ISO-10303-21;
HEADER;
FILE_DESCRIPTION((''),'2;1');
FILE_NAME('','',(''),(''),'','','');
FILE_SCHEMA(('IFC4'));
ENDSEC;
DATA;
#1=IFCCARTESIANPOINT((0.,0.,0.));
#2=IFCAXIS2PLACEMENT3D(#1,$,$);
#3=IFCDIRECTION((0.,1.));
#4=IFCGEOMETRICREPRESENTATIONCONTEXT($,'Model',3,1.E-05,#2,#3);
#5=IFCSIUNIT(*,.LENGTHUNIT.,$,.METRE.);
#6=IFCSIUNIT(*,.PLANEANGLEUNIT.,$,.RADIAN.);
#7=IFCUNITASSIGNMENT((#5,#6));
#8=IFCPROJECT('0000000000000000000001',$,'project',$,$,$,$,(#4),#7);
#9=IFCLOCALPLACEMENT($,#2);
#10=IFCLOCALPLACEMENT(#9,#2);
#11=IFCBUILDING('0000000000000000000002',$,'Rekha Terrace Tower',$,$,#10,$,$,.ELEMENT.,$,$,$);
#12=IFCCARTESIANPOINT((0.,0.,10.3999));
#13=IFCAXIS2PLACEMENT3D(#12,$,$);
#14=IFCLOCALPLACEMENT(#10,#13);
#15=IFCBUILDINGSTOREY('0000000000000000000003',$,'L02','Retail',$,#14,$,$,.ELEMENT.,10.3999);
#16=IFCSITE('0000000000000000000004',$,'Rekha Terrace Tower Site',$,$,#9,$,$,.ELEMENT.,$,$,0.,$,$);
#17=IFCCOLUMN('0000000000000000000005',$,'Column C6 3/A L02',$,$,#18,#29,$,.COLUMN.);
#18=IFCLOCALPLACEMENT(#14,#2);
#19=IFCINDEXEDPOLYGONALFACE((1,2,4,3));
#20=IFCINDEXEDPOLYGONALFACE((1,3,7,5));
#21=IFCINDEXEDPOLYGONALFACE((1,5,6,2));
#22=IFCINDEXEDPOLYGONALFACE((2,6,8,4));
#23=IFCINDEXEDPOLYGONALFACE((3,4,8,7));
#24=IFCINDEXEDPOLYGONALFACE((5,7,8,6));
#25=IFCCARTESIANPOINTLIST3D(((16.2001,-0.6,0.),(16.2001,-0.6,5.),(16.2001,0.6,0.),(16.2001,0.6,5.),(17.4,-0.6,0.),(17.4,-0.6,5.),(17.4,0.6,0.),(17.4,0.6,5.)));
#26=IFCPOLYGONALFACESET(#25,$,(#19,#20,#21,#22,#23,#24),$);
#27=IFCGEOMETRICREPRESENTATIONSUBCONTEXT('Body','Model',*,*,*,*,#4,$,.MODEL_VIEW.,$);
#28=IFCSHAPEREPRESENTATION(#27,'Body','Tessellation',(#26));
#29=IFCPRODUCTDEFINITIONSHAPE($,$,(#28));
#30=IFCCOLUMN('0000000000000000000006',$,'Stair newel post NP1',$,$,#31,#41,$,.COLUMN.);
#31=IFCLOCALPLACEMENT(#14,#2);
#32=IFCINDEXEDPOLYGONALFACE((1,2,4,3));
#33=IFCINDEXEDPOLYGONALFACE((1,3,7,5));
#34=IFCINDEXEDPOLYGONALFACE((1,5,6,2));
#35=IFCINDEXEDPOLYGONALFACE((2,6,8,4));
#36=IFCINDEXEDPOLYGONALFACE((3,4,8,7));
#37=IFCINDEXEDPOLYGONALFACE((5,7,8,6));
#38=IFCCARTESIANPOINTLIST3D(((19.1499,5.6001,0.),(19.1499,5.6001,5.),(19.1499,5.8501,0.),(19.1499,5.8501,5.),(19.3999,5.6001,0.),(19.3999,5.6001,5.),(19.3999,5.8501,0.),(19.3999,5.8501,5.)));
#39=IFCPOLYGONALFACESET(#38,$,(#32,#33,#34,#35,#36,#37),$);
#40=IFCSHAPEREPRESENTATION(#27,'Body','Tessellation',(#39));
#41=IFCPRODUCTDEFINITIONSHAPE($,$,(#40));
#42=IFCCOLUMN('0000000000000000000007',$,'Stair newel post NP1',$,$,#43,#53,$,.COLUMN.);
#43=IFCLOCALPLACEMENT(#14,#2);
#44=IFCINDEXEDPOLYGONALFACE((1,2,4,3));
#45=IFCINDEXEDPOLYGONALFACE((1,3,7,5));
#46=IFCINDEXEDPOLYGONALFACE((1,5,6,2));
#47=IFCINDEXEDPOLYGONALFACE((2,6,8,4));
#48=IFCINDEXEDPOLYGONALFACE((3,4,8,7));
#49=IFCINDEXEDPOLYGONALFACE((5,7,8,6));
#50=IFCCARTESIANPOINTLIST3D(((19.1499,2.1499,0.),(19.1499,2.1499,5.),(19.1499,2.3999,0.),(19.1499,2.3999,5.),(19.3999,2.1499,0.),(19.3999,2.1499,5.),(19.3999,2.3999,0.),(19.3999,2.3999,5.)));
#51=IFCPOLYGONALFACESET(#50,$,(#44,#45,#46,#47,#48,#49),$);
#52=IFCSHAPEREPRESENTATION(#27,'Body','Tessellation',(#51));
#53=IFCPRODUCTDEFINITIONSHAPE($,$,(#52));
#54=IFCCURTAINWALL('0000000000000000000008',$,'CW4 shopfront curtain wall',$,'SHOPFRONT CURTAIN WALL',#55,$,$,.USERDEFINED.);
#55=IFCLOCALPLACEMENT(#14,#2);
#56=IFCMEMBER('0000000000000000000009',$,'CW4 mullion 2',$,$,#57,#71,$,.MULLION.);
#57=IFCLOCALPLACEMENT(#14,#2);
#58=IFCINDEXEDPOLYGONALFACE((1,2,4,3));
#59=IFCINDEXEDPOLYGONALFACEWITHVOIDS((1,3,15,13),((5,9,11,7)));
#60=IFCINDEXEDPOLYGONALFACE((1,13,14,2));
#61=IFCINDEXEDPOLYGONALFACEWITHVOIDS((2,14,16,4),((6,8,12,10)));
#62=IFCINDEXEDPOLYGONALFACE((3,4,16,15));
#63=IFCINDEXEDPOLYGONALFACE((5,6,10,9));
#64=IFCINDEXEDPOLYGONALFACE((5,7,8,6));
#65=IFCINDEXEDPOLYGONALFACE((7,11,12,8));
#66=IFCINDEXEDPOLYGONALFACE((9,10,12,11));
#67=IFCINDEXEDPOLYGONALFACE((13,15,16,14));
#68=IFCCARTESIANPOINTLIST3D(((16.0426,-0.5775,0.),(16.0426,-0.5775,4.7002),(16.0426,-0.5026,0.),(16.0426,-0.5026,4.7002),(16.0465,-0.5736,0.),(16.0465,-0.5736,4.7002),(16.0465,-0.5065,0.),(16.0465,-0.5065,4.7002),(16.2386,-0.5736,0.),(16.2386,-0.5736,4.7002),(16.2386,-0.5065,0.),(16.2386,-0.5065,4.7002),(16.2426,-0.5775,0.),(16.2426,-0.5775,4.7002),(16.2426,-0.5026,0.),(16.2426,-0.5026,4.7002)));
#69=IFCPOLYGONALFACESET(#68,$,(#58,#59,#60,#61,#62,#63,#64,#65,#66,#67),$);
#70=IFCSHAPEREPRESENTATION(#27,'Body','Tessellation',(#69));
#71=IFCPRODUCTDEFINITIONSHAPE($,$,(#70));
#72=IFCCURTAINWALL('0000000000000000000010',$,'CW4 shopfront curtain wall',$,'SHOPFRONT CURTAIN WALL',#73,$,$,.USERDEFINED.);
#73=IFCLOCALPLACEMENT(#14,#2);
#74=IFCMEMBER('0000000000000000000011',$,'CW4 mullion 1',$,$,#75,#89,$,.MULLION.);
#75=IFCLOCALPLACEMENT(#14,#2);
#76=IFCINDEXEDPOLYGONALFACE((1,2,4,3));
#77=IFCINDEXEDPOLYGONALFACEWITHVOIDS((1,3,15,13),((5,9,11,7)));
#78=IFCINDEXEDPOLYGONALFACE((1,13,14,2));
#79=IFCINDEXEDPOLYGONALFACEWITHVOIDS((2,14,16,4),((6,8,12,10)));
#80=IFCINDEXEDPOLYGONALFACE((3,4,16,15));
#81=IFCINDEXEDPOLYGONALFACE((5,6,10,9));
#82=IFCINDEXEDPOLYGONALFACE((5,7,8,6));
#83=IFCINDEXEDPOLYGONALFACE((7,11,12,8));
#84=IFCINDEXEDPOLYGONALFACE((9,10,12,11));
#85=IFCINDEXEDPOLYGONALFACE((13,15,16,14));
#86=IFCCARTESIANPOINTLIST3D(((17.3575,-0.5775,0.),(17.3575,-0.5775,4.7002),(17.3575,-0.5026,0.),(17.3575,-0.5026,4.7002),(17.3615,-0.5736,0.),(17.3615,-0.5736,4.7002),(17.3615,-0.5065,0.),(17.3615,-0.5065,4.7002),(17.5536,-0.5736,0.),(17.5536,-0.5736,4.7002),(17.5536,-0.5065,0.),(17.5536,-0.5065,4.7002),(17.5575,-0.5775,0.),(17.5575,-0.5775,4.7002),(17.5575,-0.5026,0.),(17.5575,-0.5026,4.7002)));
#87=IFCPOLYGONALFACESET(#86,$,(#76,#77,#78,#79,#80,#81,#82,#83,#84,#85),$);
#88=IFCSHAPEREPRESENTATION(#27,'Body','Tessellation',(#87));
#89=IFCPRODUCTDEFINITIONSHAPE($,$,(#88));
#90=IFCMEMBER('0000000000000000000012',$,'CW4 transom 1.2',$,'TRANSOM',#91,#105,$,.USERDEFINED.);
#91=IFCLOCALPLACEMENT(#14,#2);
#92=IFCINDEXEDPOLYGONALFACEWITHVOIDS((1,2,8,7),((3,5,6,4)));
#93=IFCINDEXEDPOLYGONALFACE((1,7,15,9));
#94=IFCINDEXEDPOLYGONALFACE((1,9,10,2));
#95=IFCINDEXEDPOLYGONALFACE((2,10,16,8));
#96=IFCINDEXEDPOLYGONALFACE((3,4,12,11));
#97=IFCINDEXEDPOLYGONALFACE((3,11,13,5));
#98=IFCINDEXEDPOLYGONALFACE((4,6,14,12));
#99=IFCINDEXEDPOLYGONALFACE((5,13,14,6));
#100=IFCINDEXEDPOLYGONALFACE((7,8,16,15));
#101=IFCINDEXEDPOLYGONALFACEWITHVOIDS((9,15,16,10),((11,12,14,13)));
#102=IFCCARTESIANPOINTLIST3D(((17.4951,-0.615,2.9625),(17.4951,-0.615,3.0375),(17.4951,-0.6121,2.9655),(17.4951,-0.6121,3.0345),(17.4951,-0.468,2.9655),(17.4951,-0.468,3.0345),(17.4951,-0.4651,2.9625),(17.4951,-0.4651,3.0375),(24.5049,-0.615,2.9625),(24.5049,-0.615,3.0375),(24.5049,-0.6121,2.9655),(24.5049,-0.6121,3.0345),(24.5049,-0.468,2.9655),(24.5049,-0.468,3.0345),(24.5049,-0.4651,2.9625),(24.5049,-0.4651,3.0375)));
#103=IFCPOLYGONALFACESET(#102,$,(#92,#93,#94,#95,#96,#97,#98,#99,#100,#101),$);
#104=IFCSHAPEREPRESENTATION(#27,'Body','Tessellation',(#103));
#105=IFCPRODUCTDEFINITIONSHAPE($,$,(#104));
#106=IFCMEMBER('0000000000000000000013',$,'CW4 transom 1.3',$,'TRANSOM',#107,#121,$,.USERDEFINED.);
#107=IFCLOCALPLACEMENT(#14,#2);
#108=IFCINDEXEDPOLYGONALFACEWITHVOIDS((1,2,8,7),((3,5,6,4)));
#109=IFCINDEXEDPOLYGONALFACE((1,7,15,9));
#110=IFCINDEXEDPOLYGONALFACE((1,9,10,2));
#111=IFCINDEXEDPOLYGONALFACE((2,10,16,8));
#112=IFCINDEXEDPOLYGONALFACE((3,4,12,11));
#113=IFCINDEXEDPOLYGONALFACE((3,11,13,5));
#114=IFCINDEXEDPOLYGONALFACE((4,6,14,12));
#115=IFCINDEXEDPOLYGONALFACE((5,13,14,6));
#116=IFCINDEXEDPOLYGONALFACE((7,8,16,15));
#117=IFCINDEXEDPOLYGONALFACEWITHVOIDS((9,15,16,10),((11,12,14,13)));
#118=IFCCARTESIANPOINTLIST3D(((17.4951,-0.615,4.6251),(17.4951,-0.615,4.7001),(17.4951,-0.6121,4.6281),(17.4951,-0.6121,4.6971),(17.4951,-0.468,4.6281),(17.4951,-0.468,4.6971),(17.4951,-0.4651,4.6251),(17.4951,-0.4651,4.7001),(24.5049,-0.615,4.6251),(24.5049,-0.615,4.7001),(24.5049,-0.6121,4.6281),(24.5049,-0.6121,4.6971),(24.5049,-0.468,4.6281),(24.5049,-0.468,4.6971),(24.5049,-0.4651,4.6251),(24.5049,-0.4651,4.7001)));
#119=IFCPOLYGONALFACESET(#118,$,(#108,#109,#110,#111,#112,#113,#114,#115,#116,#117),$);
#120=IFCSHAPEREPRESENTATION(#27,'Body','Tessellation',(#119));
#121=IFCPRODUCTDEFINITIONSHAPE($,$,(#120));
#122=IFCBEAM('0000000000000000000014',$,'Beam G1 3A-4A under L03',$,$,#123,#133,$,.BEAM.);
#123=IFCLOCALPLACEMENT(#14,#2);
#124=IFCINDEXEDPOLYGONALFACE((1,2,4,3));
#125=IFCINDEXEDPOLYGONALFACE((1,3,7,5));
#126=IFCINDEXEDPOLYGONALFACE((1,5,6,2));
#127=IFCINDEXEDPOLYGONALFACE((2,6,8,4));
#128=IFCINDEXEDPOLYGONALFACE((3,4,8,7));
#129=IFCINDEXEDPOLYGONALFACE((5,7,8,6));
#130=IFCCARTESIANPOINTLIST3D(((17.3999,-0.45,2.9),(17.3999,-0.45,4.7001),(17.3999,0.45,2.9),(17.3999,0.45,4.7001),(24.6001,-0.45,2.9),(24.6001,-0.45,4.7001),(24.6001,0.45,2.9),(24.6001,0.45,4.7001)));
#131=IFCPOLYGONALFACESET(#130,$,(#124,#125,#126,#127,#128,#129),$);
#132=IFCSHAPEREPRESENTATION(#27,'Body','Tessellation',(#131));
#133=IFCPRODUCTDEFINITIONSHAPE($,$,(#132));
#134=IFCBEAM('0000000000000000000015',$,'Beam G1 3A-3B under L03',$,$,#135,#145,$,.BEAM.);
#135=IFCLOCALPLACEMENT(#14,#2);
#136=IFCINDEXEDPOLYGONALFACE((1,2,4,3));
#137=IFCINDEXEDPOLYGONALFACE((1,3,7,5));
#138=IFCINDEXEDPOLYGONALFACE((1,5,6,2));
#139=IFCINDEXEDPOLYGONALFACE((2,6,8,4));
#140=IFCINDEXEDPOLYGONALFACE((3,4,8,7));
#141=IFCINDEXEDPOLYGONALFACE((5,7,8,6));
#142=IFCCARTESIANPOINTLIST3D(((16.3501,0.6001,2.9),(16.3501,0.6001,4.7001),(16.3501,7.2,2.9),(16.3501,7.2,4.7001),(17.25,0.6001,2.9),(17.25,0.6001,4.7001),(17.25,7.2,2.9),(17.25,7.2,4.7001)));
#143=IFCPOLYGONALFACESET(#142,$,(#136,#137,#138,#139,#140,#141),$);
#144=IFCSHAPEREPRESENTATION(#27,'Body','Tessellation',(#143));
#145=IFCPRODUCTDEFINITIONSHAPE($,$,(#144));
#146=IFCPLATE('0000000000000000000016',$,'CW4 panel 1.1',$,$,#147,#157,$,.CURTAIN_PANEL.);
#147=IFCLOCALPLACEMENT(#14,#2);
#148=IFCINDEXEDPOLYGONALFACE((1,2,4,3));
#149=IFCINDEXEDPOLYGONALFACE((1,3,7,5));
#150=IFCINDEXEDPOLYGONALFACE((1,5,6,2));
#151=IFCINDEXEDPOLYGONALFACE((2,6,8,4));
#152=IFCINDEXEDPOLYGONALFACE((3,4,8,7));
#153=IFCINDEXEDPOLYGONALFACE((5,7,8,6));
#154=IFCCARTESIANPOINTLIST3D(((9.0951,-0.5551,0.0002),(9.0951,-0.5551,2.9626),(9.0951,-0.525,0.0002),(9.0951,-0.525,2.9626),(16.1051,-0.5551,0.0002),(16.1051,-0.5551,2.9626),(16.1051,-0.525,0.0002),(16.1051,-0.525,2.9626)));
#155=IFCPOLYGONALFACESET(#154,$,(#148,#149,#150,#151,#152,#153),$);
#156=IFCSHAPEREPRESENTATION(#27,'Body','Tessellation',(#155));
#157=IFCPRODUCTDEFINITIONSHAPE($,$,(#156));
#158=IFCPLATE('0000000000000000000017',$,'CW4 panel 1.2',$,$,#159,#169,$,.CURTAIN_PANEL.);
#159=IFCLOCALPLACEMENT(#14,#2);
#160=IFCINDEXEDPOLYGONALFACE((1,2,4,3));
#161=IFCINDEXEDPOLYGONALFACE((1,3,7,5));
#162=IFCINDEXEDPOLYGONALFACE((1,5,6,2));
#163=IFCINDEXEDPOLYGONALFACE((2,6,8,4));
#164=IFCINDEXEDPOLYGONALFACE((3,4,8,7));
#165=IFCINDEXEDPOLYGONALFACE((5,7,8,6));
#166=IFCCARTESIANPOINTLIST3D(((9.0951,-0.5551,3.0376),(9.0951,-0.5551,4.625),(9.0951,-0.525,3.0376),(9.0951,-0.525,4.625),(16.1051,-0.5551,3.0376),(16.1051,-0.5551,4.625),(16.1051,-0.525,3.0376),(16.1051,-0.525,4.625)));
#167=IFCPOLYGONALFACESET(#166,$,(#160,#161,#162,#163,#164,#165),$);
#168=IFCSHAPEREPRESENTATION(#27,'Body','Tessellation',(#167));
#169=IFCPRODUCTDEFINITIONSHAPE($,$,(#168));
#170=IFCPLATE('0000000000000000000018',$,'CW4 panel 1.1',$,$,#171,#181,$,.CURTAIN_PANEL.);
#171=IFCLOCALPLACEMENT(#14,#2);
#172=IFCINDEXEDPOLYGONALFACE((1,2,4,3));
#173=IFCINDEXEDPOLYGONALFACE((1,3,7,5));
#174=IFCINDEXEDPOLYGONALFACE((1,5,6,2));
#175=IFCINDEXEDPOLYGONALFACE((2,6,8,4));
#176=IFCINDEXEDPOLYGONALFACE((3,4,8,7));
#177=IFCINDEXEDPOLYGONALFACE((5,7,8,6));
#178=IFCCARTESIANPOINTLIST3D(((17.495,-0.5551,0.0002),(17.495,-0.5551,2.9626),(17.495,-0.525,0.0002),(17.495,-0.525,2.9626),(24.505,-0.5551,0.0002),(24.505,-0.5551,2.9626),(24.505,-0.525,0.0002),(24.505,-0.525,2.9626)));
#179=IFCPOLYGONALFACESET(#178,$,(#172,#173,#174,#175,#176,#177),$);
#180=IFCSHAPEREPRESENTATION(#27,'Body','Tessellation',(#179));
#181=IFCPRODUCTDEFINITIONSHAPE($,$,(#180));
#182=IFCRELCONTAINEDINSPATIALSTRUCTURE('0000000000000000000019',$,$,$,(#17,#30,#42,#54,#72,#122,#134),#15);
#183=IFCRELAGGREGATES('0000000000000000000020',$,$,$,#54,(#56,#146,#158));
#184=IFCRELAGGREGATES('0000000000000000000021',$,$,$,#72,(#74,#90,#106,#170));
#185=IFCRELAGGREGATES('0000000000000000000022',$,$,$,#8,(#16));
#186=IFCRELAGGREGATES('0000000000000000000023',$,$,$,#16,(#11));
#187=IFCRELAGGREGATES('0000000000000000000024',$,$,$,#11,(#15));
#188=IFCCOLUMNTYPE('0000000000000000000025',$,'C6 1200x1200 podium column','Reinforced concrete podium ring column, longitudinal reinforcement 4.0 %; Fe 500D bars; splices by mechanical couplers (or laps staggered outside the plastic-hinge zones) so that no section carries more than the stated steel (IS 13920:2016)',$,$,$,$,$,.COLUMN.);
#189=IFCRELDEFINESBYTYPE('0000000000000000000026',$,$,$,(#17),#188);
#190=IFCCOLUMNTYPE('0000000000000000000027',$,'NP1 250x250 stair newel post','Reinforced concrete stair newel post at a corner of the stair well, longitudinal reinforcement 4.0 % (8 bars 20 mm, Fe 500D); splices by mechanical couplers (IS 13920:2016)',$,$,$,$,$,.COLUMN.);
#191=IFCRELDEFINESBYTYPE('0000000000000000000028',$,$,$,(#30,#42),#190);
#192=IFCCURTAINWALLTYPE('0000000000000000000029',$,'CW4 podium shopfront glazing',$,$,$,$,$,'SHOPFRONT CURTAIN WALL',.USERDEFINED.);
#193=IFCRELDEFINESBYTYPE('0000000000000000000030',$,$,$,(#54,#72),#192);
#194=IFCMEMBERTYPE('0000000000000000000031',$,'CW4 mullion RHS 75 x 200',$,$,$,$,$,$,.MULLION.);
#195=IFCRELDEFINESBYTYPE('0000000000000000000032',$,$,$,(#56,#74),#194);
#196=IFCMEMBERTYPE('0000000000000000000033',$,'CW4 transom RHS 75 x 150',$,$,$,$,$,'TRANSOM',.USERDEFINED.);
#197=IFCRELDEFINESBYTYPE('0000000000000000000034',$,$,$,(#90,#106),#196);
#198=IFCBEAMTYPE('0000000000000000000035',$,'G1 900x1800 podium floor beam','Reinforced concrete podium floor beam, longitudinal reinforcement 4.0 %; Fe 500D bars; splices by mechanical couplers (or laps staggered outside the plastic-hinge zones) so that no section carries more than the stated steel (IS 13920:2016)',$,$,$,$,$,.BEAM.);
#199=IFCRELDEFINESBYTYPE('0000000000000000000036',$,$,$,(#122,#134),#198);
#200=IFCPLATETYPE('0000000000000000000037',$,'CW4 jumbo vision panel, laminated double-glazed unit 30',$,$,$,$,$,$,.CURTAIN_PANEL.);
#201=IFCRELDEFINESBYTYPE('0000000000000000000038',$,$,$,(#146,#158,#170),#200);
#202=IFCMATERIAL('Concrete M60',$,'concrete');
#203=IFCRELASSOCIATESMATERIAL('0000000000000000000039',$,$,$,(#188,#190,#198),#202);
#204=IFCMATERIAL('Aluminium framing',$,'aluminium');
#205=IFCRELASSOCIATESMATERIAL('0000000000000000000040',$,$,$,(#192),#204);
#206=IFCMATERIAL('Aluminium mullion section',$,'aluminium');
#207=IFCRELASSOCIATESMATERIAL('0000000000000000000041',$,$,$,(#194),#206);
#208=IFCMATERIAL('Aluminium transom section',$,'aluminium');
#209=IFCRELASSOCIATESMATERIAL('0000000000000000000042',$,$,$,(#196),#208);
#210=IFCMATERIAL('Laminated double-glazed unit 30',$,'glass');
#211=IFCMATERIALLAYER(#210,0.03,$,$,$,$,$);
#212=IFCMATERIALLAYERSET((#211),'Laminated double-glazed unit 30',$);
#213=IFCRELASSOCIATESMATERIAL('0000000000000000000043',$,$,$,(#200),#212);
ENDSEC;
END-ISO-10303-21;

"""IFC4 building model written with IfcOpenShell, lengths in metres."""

from ifc_helpers import new_model, si_unit, direction, frame, origin, origin_2d, place, context, subcontext, project, spatial, rectangle, hollow_rectangle, extrude, material, layer, layer_set, material_profile, profile_set, type_object, element, aggregate, save


model = new_model("IFC4")

# Units and contexts
model_context = context("Model", 3, precision=1e-05, world=origin(), true_north=direction((0.0, 1.0)))
body_context = subcontext(model_context, "Body", "Model", "MODEL_VIEW")
ifc_project = project(units=[si_unit("LENGTHUNIT", "METRE"), si_unit("PLANEANGLEUNIT", "RADIAN")], contexts=[model_context])

# Site, building, storey
site_placement = place(None, origin())
site = spatial("IfcSite", under=ifc_project, at=site_placement, Name="Rekha Terrace Tower Site", CompositionType="ELEMENT", RefElevation=0.0)
building_placement = place(site_placement, origin())
building = spatial("IfcBuilding", under=site, at=building_placement, Name="Rekha Terrace Tower", CompositionType="ELEMENT")
storey_placement = place(building_placement, frame((0.0, 0.0, 10.3999)))
storey = spatial("IfcBuildingStorey", under=building, at=storey_placement, Name="L02", Description="Retail", CompositionType="ELEMENT", Elevation=10.3999)

# Columns
ifc_material_1 = material(Name="Concrete M60", Category="concrete")
ifc_material_profile_1 = material_profile(ifc_material_1, rectangle(XDim=1.2, YDim=1.2, at=origin_2d()), Name="RC 1200x1200")
ifc_profile_set_1 = profile_set([ifc_material_profile_1], Name="Concrete M60")
column_type_1 = type_object("IfcColumnType", Name="C6 1200x1200 podium column", Description="Reinforced concrete podium ring column, longitudinal reinforcement 4.0 %; Fe 500D bars; splices by mechanical couplers (or laps staggered outside the plastic-hinge zones) so that no section carries more than the stated steel (IS 13920:2016)", PredefinedType="COLUMN", material=ifc_profile_set_1)
column_placement = place(storey_placement, frame((16.8, 0.0, 0.0), z_axis=(0.0, 0.0, 1.0), x_axis=(1.0, 0.0, 0.0)))
element("IfcColumn", 1, at=column_placement, inside=storey, type_object=column_type_1, Name="Column C6 3/A L02", PredefinedType="COLUMN", context=body_context, shape_type="SweptSolid", body=[
    extrude(rectangle(XDim=1.2, YDim=1.2, at=origin_2d()), origin(), (0.0, 0.0, 1.0), 5.0),
])
ifc_material_profile_2 = material_profile(ifc_material_1, rectangle(XDim=0.25, YDim=0.25, at=origin_2d()), Name="RC 250x250")
ifc_profile_set_2 = profile_set([ifc_material_profile_2], Name="Concrete M60")
column_type_2 = type_object("IfcColumnType", Name="NP1 250x250 stair newel post", Description="Reinforced concrete stair newel post at a corner of the stair well, longitudinal reinforcement 4.0 % (8 bars 20 mm, Fe 500D); splices by mechanical couplers (IS 13920:2016)", PredefinedType="COLUMN", material=ifc_profile_set_2)
for number, where, z_axis, x_axis, name in (
    (2, (19.2749, 5.7251, 0.0), (0.0, 0.0, 1.0), (1.0, 0.0, 0.0), "Stair newel post NP1"),
    (3, (19.2749, 2.2749, 0.0), (0.0, 0.0, 1.0), (1.0, 0.0, 0.0), "Stair newel post NP1"),
):
    element("IfcColumn", number, at=place(storey_placement, frame(where, z_axis=z_axis, x_axis=x_axis)), inside=storey, type_object=column_type_2, Name=name, PredefinedType="COLUMN", context=body_context, shape_type="SweptSolid", body=[
        extrude(rectangle(XDim=0.25, YDim=0.25, at=origin_2d()), origin(), (0.0, 0.0, 1.0), 5.0),
    ])

# Curtain wall, member
ifc_material_2 = material(Name="Aluminium framing", Category="aluminium")
curtain_wall_type = type_object("IfcCurtainWallType", Name="CW4 podium shopfront glazing", ElementType="SHOPFRONT CURTAIN WALL", PredefinedType="USERDEFINED", material=ifc_material_2)
curtain_wall_1_placement = place(storey_placement, origin())
curtain_wall_1 = element("IfcCurtainWall", 4, at=curtain_wall_1_placement, inside=storey, type_object=curtain_wall_type, Name="CW4 shopfront curtain wall", ObjectType="SHOPFRONT CURTAIN WALL", PredefinedType="USERDEFINED")
ifc_material_3 = material(Name="Aluminium mullion section", Category="aluminium")
ifc_material_profile_3 = material_profile(ifc_material_3, hollow_rectangle(XDim=0.075, YDim=0.2, WallThickness=0.0039, at=origin_2d()), Name="AL RHS 75x200")
ifc_profile_set_3 = profile_set([ifc_material_profile_3], Name="Aluminium mullion section")
member_type_1 = type_object("IfcMemberType", Name="CW4 mullion RHS 75 x 200", PredefinedType="MULLION", material=ifc_profile_set_3)
member_1_placement = place(storey_placement, frame((16.1426, -0.54, 0.0), z_axis=(0.0, 0.0, 1.0), x_axis=(0.0, 1.0, 0.0)))
member_1 = element("IfcMember", 5, at=member_1_placement, type_object=member_type_1, Name="CW4 mullion 2", PredefinedType="MULLION", context=body_context, shape_type="SweptSolid", body=[
    extrude(hollow_rectangle(XDim=0.075, YDim=0.2, WallThickness=0.0039, at=origin_2d()), origin(), (0.0, 0.0, 1.0), 4.7002),
])

# Curtain wall, members
curtain_wall_2_placement = place(storey_placement, origin())
curtain_wall_2 = element("IfcCurtainWall", 6, at=curtain_wall_2_placement, inside=storey, type_object=curtain_wall_type, Name="CW4 shopfront curtain wall", ObjectType="SHOPFRONT CURTAIN WALL", PredefinedType="USERDEFINED")
member_2_placement = place(storey_placement, frame((17.4575, -0.54, 0.0), z_axis=(0.0, 0.0, 1.0), x_axis=(0.0, 1.0, 0.0)))
member_2 = element("IfcMember", 7, at=member_2_placement, type_object=member_type_1, Name="CW4 mullion 1", PredefinedType="MULLION", context=body_context, shape_type="SweptSolid", body=[
    extrude(hollow_rectangle(XDim=0.075, YDim=0.2, WallThickness=0.0039, at=origin_2d()), origin(), (0.0, 0.0, 1.0), 4.7002),
])
ifc_material_4 = material(Name="Aluminium transom section", Category="aluminium")
ifc_material_profile_4 = material_profile(ifc_material_4, hollow_rectangle(XDim=0.1499, YDim=0.075, WallThickness=0.0029, at=origin_2d()), Name="AL RHS 150x75")
ifc_profile_set_4 = profile_set([ifc_material_profile_4], Name="Aluminium transom section")
member_type_2 = type_object("IfcMemberType", Name="CW4 transom RHS 75 x 150", ElementType="TRANSOM", PredefinedType="USERDEFINED", material=ifc_profile_set_4)
member_3_placement = place(storey_placement, frame((17.4951, -0.54, 3.0), z_axis=(1.0, 0.0, 0.0), x_axis=(0.0, 1.0, 0.0)))
member_3 = element("IfcMember", 8, at=member_3_placement, type_object=member_type_2, Name="CW4 transom 1.2", ObjectType="TRANSOM", PredefinedType="USERDEFINED", context=body_context, shape_type="SweptSolid", body=[
    extrude(hollow_rectangle(XDim=0.1499, YDim=0.075, WallThickness=0.0029, at=origin_2d()), origin(), (0.0, 0.0, 1.0), 7.0098),
])
member_4_placement = place(storey_placement, frame((17.4951, -0.54, 4.6626), z_axis=(1.0, 0.0, 0.0), x_axis=(0.0, 1.0, 0.0)))
member_4 = element("IfcMember", 9, at=member_4_placement, type_object=member_type_2, Name="CW4 transom 1.3", ObjectType="TRANSOM", PredefinedType="USERDEFINED", context=body_context, shape_type="SweptSolid", body=[
    extrude(hollow_rectangle(XDim=0.1499, YDim=0.075, WallThickness=0.0029, at=origin_2d()), origin(), (0.0, 0.0, 1.0), 7.0098),
])

# Beams
ifc_material_profile_5 = material_profile(ifc_material_1, rectangle(XDim=0.8999, YDim=1.8, at=origin_2d()), Name="RC 900x1800")
ifc_profile_set_5 = profile_set([ifc_material_profile_5], Name="Concrete M60")
beam_type = type_object("IfcBeamType", Name="G1 900x1800 podium floor beam", Description="Reinforced concrete podium floor beam, longitudinal reinforcement 4.0 %; Fe 500D bars; splices by mechanical couplers (or laps staggered outside the plastic-hinge zones) so that no section carries more than the stated steel (IS 13920:2016)", PredefinedType="BEAM", material=ifc_profile_set_5)
beam_1_placement = place(storey_placement, frame((17.3999, 0.0, 3.8), z_axis=(1.0, 0.0, 0.0), x_axis=(0.0, 1.0, 0.0)))
element("IfcBeam", 10, at=beam_1_placement, inside=storey, type_object=beam_type, Name="Beam G1 3A-4A under L03", PredefinedType="BEAM", context=body_context, shape_type="SweptSolid", body=[
    extrude(rectangle(XDim=0.8999, YDim=1.8, at=origin_2d()), origin(), (0.0, 0.0, 1.0), 7.2002),
])
beam_2_placement = place(storey_placement, frame((16.8, 0.6001, 3.8), z_axis=(0.0, 1.0, 0.0), x_axis=(-1.0, 0.0, 0.0)))
element("IfcBeam", 11, at=beam_2_placement, inside=storey, type_object=beam_type, Name="Beam G1 3A-3B under L03", PredefinedType="BEAM", context=body_context, shape_type="SweptSolid", body=[
    extrude(rectangle(XDim=0.8999, YDim=1.8, at=origin_2d()), origin(), (0.0, 0.0, 1.0), 6.5999),
])

# Plates
ifc_material_5 = material(Name="Laminated double-glazed unit 30", Category="glass")
ifc_layer_1 = layer(ifc_material_5, 0.03)
ifc_layer_set_1 = layer_set([ifc_layer_1], Name="Laminated double-glazed unit 30")
plate_type = type_object("IfcPlateType", Name="CW4 jumbo vision panel, laminated double-glazed unit 30", PredefinedType="CURTAIN_PANEL", material=ifc_layer_set_1)
plate_1_placement = place(storey_placement, frame((12.6001, -0.54, 0.0002), z_axis=(0.0, 0.0, 1.0), x_axis=(1.0, 0.0, 0.0)))
plate_1 = element("IfcPlate", 12, at=plate_1_placement, type_object=plate_type, Name="CW4 panel 1.1", PredefinedType="CURTAIN_PANEL", context=body_context, shape_type="SweptSolid", body=[
    extrude(rectangle(XDim=7.01, YDim=0.03, at=origin_2d()), origin(), (0.0, 0.0, 1.0), 2.9624),
])
plate_2_placement = place(storey_placement, frame((12.6001, -0.54, 3.0376), z_axis=(0.0, 0.0, 1.0), x_axis=(1.0, 0.0, 0.0)))
plate_2 = element("IfcPlate", 13, at=plate_2_placement, type_object=plate_type, Name="CW4 panel 1.2", PredefinedType="CURTAIN_PANEL", context=body_context, shape_type="SweptSolid", body=[
    extrude(rectangle(XDim=7.01, YDim=0.03, at=origin_2d()), origin(), (0.0, 0.0, 1.0), 1.5874),
])
aggregate(curtain_wall_1, [member_1, plate_1, plate_2])
plate_3_placement = place(storey_placement, frame((21.0, -0.54, 0.0002), z_axis=(0.0, 0.0, 1.0), x_axis=(1.0, 0.0, 0.0)))
plate_3 = element("IfcPlate", 14, at=plate_3_placement, type_object=plate_type, Name="CW4 panel 1.1", PredefinedType="CURTAIN_PANEL", context=body_context, shape_type="SweptSolid", body=[
    extrude(rectangle(XDim=7.01, YDim=0.03, at=origin_2d()), origin(), (0.0, 0.0, 1.0), 2.9624),
])
aggregate(curtain_wall_2, [member_2, member_3, member_4, plate_3])

save(model, "model.ifc")
